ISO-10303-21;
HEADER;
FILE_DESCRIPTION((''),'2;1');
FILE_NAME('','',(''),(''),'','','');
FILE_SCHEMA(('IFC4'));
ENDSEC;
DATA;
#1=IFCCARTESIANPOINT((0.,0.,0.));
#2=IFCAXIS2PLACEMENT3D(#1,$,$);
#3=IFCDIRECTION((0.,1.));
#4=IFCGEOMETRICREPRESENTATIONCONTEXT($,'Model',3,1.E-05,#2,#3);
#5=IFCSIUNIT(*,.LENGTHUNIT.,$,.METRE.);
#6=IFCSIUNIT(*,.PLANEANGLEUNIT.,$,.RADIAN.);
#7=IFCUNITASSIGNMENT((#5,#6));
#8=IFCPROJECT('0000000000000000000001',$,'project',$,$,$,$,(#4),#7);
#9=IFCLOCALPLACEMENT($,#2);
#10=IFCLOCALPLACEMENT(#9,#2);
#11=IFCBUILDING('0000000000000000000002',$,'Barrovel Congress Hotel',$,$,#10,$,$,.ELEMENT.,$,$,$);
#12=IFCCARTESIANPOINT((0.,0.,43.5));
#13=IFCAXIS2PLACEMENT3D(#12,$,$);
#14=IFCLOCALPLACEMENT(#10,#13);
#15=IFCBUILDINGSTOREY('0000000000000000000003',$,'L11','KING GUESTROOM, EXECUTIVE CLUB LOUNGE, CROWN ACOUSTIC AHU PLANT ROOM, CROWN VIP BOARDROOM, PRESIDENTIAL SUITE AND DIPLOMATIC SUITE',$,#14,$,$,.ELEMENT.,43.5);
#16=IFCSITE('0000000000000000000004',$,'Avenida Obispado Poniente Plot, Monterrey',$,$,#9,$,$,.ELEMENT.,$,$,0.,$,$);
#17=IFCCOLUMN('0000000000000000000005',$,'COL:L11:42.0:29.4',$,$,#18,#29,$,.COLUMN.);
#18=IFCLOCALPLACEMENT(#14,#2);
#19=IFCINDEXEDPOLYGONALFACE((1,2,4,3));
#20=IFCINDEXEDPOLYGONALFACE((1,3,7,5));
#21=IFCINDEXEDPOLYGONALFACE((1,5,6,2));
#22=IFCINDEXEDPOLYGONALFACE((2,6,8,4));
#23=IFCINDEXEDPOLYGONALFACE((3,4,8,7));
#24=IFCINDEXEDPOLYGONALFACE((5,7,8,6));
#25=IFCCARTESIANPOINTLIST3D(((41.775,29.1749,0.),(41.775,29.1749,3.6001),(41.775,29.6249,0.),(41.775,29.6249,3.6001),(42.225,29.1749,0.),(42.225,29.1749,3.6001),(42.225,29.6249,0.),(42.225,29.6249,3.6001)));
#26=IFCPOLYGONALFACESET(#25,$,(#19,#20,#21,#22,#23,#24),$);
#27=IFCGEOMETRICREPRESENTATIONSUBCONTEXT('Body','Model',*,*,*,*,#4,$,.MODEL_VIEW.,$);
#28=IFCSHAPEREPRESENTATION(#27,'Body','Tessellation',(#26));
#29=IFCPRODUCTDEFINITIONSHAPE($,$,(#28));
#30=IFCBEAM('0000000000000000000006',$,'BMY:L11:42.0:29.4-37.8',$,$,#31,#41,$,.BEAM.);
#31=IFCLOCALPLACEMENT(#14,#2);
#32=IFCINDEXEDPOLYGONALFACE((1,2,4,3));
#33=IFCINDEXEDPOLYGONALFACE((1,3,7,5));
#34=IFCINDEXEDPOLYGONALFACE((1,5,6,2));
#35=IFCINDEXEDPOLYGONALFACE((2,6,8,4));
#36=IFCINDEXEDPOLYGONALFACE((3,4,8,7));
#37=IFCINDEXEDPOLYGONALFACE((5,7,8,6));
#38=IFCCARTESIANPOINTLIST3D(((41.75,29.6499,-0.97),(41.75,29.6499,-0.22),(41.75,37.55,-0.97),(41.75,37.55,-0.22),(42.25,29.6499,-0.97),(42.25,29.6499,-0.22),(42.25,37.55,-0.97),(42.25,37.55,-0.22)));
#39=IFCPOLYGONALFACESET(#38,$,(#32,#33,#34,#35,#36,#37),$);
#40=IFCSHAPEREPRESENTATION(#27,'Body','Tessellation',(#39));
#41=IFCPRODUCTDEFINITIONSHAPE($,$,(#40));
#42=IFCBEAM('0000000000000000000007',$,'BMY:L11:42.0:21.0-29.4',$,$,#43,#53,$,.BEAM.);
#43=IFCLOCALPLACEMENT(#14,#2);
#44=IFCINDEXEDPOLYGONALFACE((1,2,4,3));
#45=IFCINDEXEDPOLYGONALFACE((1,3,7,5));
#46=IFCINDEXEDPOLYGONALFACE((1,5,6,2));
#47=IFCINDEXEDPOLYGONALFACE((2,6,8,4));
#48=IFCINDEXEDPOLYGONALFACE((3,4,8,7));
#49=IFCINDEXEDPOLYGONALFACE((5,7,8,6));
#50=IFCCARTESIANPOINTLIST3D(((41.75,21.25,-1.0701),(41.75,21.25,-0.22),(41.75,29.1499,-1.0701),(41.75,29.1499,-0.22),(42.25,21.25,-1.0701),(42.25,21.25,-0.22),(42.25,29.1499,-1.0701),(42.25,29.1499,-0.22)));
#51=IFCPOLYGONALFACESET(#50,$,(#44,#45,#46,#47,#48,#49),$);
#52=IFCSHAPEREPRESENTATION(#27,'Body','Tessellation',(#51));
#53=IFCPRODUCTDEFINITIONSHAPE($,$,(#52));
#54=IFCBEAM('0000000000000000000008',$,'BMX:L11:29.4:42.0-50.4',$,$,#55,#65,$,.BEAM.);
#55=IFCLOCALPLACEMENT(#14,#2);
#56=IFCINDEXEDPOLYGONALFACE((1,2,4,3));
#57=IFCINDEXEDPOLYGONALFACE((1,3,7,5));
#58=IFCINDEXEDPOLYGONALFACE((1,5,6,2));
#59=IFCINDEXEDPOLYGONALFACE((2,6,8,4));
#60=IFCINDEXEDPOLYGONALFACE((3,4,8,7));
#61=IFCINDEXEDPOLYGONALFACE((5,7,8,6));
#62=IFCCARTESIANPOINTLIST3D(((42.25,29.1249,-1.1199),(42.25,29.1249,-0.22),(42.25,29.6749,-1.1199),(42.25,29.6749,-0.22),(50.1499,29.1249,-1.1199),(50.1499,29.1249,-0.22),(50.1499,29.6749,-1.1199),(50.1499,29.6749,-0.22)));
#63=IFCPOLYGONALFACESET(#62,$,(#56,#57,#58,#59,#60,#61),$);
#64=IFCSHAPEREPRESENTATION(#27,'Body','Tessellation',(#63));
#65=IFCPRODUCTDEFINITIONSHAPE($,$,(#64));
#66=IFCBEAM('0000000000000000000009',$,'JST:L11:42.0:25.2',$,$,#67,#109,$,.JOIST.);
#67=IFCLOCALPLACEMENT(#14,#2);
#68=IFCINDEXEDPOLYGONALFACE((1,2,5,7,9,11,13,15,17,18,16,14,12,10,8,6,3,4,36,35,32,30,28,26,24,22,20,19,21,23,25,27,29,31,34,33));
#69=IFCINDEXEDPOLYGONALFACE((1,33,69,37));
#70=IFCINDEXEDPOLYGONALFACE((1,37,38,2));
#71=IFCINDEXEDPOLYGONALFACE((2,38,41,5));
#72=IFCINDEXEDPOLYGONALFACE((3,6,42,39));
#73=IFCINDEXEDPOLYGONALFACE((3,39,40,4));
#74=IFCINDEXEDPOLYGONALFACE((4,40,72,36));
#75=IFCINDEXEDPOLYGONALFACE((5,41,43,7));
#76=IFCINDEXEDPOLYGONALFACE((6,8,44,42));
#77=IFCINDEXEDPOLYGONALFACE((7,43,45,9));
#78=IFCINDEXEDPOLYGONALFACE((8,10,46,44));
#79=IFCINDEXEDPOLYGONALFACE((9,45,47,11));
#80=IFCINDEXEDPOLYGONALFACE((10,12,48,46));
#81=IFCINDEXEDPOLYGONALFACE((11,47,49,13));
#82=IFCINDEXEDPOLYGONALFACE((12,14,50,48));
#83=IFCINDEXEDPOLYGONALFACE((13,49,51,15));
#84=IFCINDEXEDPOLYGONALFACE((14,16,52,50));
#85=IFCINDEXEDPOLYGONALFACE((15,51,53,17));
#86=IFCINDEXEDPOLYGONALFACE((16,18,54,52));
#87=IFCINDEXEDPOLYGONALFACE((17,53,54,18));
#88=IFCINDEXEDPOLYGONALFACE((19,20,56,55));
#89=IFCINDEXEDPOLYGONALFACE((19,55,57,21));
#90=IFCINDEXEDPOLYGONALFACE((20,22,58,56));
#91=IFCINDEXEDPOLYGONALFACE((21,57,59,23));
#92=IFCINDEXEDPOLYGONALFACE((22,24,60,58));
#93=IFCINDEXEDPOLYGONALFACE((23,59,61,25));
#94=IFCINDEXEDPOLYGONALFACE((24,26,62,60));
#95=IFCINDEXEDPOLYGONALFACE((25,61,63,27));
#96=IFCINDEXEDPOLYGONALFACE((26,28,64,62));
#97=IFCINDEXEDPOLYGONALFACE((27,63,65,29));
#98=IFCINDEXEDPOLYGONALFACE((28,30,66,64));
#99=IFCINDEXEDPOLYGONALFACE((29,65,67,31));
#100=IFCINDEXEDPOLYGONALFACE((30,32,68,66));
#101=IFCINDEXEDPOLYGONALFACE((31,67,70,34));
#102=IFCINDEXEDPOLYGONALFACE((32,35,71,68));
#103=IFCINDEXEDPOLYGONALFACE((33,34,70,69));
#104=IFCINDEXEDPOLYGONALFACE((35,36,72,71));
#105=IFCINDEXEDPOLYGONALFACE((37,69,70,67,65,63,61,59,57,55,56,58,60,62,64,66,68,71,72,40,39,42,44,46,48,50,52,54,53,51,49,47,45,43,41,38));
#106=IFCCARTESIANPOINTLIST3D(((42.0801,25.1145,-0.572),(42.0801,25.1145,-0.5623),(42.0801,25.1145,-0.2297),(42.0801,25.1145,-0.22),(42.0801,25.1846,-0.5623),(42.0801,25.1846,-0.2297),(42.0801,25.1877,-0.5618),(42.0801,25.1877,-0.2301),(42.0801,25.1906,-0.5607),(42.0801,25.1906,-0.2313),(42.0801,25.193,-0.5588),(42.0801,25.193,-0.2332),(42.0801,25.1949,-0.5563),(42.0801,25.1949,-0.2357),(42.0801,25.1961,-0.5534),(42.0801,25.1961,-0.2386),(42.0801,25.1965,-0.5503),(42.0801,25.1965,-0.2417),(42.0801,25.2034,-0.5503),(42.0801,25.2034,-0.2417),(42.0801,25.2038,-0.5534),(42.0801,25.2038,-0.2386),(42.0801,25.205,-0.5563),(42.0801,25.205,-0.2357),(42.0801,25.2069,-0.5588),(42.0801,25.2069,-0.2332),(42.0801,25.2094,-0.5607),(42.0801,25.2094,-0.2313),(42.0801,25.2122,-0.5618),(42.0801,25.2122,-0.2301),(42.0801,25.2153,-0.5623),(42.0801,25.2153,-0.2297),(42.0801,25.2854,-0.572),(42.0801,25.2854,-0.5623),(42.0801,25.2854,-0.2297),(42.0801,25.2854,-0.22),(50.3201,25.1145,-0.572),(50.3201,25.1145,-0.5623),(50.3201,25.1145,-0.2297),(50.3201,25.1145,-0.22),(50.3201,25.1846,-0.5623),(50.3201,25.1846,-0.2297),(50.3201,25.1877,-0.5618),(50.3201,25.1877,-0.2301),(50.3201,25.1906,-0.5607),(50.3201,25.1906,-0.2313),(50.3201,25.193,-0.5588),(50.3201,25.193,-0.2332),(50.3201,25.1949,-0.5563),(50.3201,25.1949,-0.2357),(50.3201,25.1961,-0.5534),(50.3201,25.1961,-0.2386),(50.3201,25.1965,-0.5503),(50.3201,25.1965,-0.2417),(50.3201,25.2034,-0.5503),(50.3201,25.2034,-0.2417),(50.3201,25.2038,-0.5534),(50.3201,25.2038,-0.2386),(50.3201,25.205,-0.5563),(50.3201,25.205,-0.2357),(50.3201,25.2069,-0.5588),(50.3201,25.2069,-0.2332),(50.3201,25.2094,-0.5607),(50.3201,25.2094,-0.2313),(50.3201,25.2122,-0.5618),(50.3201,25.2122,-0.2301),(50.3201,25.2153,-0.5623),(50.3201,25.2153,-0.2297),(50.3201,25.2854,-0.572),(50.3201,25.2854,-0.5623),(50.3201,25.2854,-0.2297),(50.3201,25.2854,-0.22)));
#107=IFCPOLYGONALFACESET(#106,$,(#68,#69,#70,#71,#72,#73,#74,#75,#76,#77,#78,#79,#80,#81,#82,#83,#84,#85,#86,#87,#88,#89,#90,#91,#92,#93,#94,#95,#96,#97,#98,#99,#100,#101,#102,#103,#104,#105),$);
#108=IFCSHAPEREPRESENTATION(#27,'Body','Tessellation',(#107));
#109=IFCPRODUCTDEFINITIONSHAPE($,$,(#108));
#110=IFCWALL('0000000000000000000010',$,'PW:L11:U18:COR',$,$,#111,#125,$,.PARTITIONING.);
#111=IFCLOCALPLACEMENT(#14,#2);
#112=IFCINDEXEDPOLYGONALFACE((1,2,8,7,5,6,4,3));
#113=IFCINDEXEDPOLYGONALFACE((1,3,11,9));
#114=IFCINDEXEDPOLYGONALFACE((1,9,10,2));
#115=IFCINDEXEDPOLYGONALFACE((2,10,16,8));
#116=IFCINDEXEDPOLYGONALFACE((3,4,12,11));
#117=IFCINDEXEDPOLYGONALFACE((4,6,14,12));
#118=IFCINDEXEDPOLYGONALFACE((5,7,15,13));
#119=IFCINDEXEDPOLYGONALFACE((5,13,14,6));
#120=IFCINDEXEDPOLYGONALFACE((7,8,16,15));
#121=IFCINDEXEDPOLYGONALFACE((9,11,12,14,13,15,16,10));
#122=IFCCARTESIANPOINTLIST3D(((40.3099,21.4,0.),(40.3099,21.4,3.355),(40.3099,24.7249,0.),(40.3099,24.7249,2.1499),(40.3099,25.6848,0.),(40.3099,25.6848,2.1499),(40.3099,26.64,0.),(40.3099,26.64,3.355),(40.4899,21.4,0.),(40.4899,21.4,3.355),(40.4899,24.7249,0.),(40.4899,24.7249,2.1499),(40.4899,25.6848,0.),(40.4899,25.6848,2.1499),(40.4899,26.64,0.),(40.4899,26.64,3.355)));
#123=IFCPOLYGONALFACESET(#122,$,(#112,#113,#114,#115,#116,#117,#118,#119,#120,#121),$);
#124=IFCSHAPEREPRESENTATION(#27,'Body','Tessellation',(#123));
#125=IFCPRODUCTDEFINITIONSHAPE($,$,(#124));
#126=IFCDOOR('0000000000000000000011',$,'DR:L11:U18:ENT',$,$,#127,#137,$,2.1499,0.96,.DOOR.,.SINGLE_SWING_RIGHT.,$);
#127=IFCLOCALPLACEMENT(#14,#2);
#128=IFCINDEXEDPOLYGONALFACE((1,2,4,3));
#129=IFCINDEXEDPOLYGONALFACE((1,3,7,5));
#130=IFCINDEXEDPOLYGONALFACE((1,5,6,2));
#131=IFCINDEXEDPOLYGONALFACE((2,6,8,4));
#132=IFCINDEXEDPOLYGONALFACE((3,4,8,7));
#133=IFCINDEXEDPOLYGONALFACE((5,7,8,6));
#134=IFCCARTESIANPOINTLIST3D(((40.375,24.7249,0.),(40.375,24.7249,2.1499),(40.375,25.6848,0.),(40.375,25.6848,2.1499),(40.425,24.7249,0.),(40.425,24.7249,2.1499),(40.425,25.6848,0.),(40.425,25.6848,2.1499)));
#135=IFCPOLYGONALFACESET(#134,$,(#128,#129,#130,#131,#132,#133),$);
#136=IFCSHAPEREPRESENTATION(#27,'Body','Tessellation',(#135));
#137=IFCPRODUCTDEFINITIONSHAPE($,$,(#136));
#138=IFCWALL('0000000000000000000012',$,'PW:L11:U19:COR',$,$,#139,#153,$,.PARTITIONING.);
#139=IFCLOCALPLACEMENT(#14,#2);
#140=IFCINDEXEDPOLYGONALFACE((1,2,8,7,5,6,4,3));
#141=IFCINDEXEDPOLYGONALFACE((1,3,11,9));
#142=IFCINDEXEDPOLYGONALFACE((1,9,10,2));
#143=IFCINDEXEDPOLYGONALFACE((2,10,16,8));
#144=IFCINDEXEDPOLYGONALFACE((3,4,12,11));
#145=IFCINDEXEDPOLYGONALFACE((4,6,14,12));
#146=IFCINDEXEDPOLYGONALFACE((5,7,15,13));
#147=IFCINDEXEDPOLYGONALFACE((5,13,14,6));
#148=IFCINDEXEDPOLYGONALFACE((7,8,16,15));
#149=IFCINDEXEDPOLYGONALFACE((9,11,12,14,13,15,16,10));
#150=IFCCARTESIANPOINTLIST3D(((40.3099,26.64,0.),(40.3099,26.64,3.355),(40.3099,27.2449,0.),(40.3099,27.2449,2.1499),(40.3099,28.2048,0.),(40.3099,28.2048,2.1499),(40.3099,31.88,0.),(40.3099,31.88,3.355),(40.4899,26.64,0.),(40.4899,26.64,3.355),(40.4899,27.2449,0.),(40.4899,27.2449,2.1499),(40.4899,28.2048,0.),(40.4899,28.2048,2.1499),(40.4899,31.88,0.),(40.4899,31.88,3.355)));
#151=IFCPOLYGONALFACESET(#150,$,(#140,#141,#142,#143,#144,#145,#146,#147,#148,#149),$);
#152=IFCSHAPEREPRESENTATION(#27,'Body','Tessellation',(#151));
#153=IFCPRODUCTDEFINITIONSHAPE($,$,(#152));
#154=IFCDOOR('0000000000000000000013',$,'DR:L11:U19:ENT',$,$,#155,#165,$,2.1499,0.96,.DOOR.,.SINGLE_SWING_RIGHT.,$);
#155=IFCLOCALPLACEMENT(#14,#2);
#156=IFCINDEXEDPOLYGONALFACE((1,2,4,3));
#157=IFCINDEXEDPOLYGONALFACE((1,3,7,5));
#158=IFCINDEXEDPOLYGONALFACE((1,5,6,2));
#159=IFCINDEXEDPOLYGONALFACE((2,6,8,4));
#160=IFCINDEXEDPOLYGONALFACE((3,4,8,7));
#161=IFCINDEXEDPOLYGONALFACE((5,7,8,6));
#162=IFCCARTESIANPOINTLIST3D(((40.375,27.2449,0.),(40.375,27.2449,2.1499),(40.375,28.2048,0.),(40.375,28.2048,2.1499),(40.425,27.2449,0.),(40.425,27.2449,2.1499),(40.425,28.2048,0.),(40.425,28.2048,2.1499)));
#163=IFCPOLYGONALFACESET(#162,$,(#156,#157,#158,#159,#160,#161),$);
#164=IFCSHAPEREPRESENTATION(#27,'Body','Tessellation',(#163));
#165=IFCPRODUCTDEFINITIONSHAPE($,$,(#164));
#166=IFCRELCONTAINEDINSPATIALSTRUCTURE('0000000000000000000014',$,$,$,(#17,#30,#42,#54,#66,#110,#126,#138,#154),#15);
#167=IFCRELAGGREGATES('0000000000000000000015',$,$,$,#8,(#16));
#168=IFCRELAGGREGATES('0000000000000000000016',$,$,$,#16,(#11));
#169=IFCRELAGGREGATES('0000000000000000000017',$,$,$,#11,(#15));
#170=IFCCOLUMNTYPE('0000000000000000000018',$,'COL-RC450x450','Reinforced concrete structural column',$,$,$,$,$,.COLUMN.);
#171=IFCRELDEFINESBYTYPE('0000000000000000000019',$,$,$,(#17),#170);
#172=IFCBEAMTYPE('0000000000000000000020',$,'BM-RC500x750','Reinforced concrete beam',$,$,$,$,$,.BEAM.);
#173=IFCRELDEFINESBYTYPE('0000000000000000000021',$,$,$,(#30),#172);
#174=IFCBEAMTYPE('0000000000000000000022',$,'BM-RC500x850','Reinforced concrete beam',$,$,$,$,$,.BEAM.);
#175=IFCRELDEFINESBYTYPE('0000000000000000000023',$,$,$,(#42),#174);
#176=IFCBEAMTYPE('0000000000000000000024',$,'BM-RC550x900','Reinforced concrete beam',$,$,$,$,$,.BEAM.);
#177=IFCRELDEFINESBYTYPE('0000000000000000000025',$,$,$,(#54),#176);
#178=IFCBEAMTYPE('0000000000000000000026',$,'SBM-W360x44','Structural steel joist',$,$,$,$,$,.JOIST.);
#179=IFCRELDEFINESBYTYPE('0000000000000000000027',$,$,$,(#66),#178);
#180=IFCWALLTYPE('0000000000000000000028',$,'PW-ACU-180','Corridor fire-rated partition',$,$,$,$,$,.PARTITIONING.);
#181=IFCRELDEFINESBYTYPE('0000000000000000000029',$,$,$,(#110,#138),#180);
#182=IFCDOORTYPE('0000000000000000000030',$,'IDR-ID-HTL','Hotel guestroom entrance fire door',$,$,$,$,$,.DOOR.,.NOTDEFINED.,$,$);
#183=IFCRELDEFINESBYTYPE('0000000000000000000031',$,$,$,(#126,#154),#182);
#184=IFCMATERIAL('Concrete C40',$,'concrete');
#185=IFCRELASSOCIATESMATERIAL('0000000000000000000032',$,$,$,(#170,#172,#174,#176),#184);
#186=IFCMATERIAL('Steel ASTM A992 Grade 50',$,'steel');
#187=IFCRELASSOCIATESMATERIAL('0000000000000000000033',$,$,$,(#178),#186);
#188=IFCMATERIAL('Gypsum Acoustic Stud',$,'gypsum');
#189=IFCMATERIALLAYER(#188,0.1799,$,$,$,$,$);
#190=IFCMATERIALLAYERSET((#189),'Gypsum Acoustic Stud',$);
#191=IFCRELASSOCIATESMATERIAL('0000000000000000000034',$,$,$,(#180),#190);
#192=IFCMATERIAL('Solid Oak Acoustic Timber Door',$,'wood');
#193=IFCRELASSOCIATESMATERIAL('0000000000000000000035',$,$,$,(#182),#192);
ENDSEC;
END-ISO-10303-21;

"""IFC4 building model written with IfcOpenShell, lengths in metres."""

from ifc_helpers import new_model, si_unit, direction, frame, frame_2d, origin, origin_2d, place, context, subcontext, project, spatial, rectangle, i_section, extrude, material, layer, layer_set, material_profile, profile_set, type_object, element, fill, save


model = new_model("IFC4")

# Units and contexts
model_context = context("Model", 3, precision=1e-05, world=origin(), true_north=direction((0.0, 1.0)))
body_context = subcontext(model_context, "Body", "Model", "MODEL_VIEW")
ifc_project = project(units=[si_unit("LENGTHUNIT", "METRE"), si_unit("PLANEANGLEUNIT", "RADIAN")], contexts=[model_context])

# Site, building, storey
site_placement = place(None, origin())
site = spatial("IfcSite", under=ifc_project, at=site_placement, Name="Avenida Obispado Poniente Plot, Monterrey", CompositionType="ELEMENT", RefElevation=0.0)
building_placement = place(site_placement, origin())
building = spatial("IfcBuilding", under=site, at=building_placement, Name="Barrovel Congress Hotel", CompositionType="ELEMENT")
storey_placement = place(building_placement, frame((0.0, 0.0, 43.5)))
storey = spatial("IfcBuildingStorey", under=building, at=storey_placement, Name="L11", Description="KING GUESTROOM, EXECUTIVE CLUB LOUNGE, CROWN ACOUSTIC AHU PLANT ROOM, CROWN VIP BOARDROOM, PRESIDENTIAL SUITE AND DIPLOMATIC SUITE", CompositionType="ELEMENT", Elevation=43.5)

# Column
ifc_material_1 = material(Name="Concrete C40", Category="concrete")
ifc_material_profile_1 = material_profile(ifc_material_1, rectangle(XDim=0.45, YDim=0.45, at=origin_2d()), Name="RC450x450")
ifc_profile_set_1 = profile_set([ifc_material_profile_1], Name="Concrete C40")
column_type = type_object("IfcColumnType", Name="COL-RC450x450", Description="Reinforced concrete structural column", PredefinedType="COLUMN", material=ifc_profile_set_1)
column_placement = place(storey_placement, frame((42.0, 29.3999, 0.0), z_axis=(0.0, 0.0, 1.0), x_axis=(1.0, 0.0, 0.0)))
element("IfcColumn", 1, at=column_placement, inside=storey, type_object=column_type, Name="COL:L11:42.0:29.4", PredefinedType="COLUMN", context=body_context, shape_type="SweptSolid", body=[
    extrude(rectangle(XDim=0.45, YDim=0.45, at=origin_2d()), origin(), (0.0, 0.0, 1.0), 3.6001),
])

# Beams
ifc_material_profile_2 = material_profile(ifc_material_1, rectangle(XDim=0.5, YDim=0.75, at=origin_2d()), Name="RC500x750")
ifc_profile_set_2 = profile_set([ifc_material_profile_2], Name="Concrete C40")
beam_type_1 = type_object("IfcBeamType", Name="BM-RC500x750", Description="Reinforced concrete beam", PredefinedType="BEAM", material=ifc_profile_set_2)
beam_1_placement = place(storey_placement, frame((42.0, 29.6499, -0.595), z_axis=(0.0, 1.0, 0.0), x_axis=(-1.0, 0.0, 0.0)))
element("IfcBeam", 2, at=beam_1_placement, inside=storey, type_object=beam_type_1, Name="BMY:L11:42.0:29.4-37.8", PredefinedType="BEAM", context=body_context, shape_type="SweptSolid", body=[
    extrude(rectangle(XDim=0.5, YDim=0.75, at=origin_2d()), origin(), (0.0, 0.0, 1.0), 7.9001),
])
ifc_material_profile_3 = material_profile(ifc_material_1, rectangle(XDim=0.5, YDim=0.8501, at=origin_2d()), Name="RC500x850")
ifc_profile_set_3 = profile_set([ifc_material_profile_3], Name="Concrete C40")
beam_type_2 = type_object("IfcBeamType", Name="BM-RC500x850", Description="Reinforced concrete beam", PredefinedType="BEAM", material=ifc_profile_set_3)
beam_2_placement = place(storey_placement, frame((42.0, 21.25, -0.645), z_axis=(0.0, 1.0, 0.0), x_axis=(-1.0, 0.0, 0.0)))
element("IfcBeam", 3, at=beam_2_placement, inside=storey, type_object=beam_type_2, Name="BMY:L11:42.0:21.0-29.4", PredefinedType="BEAM", context=body_context, shape_type="SweptSolid", body=[
    extrude(rectangle(XDim=0.5, YDim=0.8501, at=origin_2d()), origin(), (0.0, 0.0, 1.0), 7.8999),
])
ifc_material_profile_4 = material_profile(ifc_material_1, rectangle(XDim=0.55, YDim=0.8999, at=origin_2d()), Name="RC550x900")
ifc_profile_set_4 = profile_set([ifc_material_profile_4], Name="Concrete C40")
beam_type_3 = type_object("IfcBeamType", Name="BM-RC550x900", Description="Reinforced concrete beam", PredefinedType="BEAM", material=ifc_profile_set_4)
beam_3_placement = place(storey_placement, frame((42.25, 29.3999, -0.6699), z_axis=(1.0, 0.0, 0.0), x_axis=(0.0, 1.0, 0.0)))
element("IfcBeam", 4, at=beam_3_placement, inside=storey, type_object=beam_type_3, Name="BMX:L11:29.4:42.0-50.4", PredefinedType="BEAM", context=body_context, shape_type="SweptSolid", body=[
    extrude(rectangle(XDim=0.55, YDim=0.8999, at=origin_2d()), origin(), (0.0, 0.0, 1.0), 7.8999),
])
ifc_material_2 = material(Name="Steel ASTM A992 Grade 50", Category="steel")
ifc_material_profile_5 = material_profile(ifc_material_2, i_section(OverallWidth=0.1709, OverallDepth=0.3521, WebThickness=0.0068, FlangeThickness=0.0098, FilletRadius=0.012, at=origin_2d()), Name="W360x44")
ifc_profile_set_5 = profile_set([ifc_material_profile_5], Name="Steel ASTM A992 Grade 50")
beam_type_4 = type_object("IfcBeamType", Name="SBM-W360x44", Description="Structural steel joist", PredefinedType="JOIST", material=ifc_profile_set_5)
beam_4_placement = place(storey_placement, frame((42.0801, 25.2, -0.396), z_axis=(1.0, 0.0, 0.0), x_axis=(0.0, 1.0, 0.0)))
element("IfcBeam", 5, at=beam_4_placement, inside=storey, type_object=beam_type_4, Name="JST:L11:42.0:25.2", PredefinedType="JOIST", context=body_context, shape_type="SweptSolid", body=[
    extrude(i_section(OverallWidth=0.1709, OverallDepth=0.3521, WebThickness=0.0068, FlangeThickness=0.0098, FilletRadius=0.012, at=origin_2d()), origin(), (0.0, 0.0, 1.0), 8.24),
])

# Walls, openings, doors
ifc_material_3 = material(Name="Gypsum Acoustic Stud", Category="gypsum")
ifc_layer_1 = layer(ifc_material_3, 0.1799)
ifc_layer_set_1 = layer_set([ifc_layer_1], Name="Gypsum Acoustic Stud")
wall_type_1 = type_object("IfcWallType", Name="PW-ACU-180", Description="Corridor fire-rated partition", PredefinedType="PARTITIONING", material=ifc_layer_set_1)
wall_1_placement = place(storey_placement, frame((40.3999, 21.3999, 0.0), z_axis=(0.0, 0.0, 1.0), x_axis=(0.0, 1.0, 0.0)))
wall_1 = element("IfcWall", 6, at=wall_1_placement, inside=storey, type_object=wall_type_1, Name="PW:L11:U18:COR", PredefinedType="PARTITIONING", context=body_context, shape_type="SweptSolid", body=[
    extrude(rectangle(XDim=5.24, YDim=0.1799, at=frame_2d((2.6201, 0.0))), origin(), (0.0, 0.0, 1.0), 3.355),
])
opening_1_placement = place(wall_1_placement, frame((3.325, 0.0, 0.0)))
opening_1 = element("IfcOpeningElement", 7, at=opening_1_placement, cuts=wall_1, PredefinedType="OPENING", context=body_context, shape_type="SweptSolid", body=[
    extrude(rectangle(XDim=0.96, YDim=2.1499, at=frame_2d((0.48, 1.075))), frame((0.0, 0.1001, 0.0), z_axis=(0.0, -1.0, 0.0), x_axis=(1.0, 0.0, 0.0)), (0.0, 0.0, 1.0), 0.2),
])
ifc_material_4 = material(Name="Solid Oak Acoustic Timber Door", Category="wood")
door_type_1 = type_object("IfcDoorType", Name="IDR-ID-HTL", Description="Hotel guestroom entrance fire door", OperationType="NOTDEFINED", PredefinedType="DOOR", material=ifc_material_4)
door_1_placement = place(opening_1_placement, origin())
door_1 = element("IfcDoor", 8, at=door_1_placement, inside=storey, type_object=door_type_1, Name="DR:L11:U18:ENT", OperationType="SINGLE_SWING_RIGHT", OverallHeight=2.1499, OverallWidth=0.96, PredefinedType="DOOR", context=body_context, shape_type="SweptSolid", body=[
    extrude(rectangle(XDim=0.96, YDim=2.1499, at=frame_2d((0.48, 1.075))), frame((0.0, 0.0249, 0.0), z_axis=(0.0, -1.0, 0.0), x_axis=(1.0, 0.0, 0.0)), (0.0, 0.0, 1.0), 0.05),
])
fill(opening_1, door_1)
wall_2_placement = place(storey_placement, frame((40.3999, 26.6399, 0.0), z_axis=(0.0, 0.0, 1.0), x_axis=(0.0, 1.0, 0.0)))
wall_2 = element("IfcWall", 9, at=wall_2_placement, inside=storey, type_object=wall_type_1, Name="PW:L11:U19:COR", PredefinedType="PARTITIONING", context=body_context, shape_type="SweptSolid", body=[
    extrude(rectangle(XDim=5.24, YDim=0.1799, at=frame_2d((2.6201, 0.0))), origin(), (0.0, 0.0, 1.0), 3.355),
])
opening_2_placement = place(wall_2_placement, frame((0.605, 0.0, 0.0)))
opening_2 = element("IfcOpeningElement", 10, at=opening_2_placement, cuts=wall_2, PredefinedType="OPENING", context=body_context, shape_type="SweptSolid", body=[
    extrude(rectangle(XDim=0.96, YDim=2.1499, at=frame_2d((0.48, 1.075))), frame((0.0, 0.1001, 0.0), z_axis=(0.0, -1.0, 0.0), x_axis=(1.0, 0.0, 0.0)), (0.0, 0.0, 1.0), 0.2),
])
door_2_placement = place(opening_2_placement, origin())
door_2 = element("IfcDoor", 11, at=door_2_placement, inside=storey, type_object=door_type_1, Name="DR:L11:U19:ENT", OperationType="SINGLE_SWING_RIGHT", OverallHeight=2.1499, OverallWidth=0.96, PredefinedType="DOOR", context=body_context, shape_type="SweptSolid", body=[
    extrude(rectangle(XDim=0.96, YDim=2.1499, at=frame_2d((0.48, 1.075))), frame((0.0, 0.0249, 0.0), z_axis=(0.0, -1.0, 0.0), x_axis=(1.0, 0.0, 0.0)), (0.0, 0.0, 1.0), 0.05),
])
fill(opening_2, door_2)

save(model, "model.ifc")
